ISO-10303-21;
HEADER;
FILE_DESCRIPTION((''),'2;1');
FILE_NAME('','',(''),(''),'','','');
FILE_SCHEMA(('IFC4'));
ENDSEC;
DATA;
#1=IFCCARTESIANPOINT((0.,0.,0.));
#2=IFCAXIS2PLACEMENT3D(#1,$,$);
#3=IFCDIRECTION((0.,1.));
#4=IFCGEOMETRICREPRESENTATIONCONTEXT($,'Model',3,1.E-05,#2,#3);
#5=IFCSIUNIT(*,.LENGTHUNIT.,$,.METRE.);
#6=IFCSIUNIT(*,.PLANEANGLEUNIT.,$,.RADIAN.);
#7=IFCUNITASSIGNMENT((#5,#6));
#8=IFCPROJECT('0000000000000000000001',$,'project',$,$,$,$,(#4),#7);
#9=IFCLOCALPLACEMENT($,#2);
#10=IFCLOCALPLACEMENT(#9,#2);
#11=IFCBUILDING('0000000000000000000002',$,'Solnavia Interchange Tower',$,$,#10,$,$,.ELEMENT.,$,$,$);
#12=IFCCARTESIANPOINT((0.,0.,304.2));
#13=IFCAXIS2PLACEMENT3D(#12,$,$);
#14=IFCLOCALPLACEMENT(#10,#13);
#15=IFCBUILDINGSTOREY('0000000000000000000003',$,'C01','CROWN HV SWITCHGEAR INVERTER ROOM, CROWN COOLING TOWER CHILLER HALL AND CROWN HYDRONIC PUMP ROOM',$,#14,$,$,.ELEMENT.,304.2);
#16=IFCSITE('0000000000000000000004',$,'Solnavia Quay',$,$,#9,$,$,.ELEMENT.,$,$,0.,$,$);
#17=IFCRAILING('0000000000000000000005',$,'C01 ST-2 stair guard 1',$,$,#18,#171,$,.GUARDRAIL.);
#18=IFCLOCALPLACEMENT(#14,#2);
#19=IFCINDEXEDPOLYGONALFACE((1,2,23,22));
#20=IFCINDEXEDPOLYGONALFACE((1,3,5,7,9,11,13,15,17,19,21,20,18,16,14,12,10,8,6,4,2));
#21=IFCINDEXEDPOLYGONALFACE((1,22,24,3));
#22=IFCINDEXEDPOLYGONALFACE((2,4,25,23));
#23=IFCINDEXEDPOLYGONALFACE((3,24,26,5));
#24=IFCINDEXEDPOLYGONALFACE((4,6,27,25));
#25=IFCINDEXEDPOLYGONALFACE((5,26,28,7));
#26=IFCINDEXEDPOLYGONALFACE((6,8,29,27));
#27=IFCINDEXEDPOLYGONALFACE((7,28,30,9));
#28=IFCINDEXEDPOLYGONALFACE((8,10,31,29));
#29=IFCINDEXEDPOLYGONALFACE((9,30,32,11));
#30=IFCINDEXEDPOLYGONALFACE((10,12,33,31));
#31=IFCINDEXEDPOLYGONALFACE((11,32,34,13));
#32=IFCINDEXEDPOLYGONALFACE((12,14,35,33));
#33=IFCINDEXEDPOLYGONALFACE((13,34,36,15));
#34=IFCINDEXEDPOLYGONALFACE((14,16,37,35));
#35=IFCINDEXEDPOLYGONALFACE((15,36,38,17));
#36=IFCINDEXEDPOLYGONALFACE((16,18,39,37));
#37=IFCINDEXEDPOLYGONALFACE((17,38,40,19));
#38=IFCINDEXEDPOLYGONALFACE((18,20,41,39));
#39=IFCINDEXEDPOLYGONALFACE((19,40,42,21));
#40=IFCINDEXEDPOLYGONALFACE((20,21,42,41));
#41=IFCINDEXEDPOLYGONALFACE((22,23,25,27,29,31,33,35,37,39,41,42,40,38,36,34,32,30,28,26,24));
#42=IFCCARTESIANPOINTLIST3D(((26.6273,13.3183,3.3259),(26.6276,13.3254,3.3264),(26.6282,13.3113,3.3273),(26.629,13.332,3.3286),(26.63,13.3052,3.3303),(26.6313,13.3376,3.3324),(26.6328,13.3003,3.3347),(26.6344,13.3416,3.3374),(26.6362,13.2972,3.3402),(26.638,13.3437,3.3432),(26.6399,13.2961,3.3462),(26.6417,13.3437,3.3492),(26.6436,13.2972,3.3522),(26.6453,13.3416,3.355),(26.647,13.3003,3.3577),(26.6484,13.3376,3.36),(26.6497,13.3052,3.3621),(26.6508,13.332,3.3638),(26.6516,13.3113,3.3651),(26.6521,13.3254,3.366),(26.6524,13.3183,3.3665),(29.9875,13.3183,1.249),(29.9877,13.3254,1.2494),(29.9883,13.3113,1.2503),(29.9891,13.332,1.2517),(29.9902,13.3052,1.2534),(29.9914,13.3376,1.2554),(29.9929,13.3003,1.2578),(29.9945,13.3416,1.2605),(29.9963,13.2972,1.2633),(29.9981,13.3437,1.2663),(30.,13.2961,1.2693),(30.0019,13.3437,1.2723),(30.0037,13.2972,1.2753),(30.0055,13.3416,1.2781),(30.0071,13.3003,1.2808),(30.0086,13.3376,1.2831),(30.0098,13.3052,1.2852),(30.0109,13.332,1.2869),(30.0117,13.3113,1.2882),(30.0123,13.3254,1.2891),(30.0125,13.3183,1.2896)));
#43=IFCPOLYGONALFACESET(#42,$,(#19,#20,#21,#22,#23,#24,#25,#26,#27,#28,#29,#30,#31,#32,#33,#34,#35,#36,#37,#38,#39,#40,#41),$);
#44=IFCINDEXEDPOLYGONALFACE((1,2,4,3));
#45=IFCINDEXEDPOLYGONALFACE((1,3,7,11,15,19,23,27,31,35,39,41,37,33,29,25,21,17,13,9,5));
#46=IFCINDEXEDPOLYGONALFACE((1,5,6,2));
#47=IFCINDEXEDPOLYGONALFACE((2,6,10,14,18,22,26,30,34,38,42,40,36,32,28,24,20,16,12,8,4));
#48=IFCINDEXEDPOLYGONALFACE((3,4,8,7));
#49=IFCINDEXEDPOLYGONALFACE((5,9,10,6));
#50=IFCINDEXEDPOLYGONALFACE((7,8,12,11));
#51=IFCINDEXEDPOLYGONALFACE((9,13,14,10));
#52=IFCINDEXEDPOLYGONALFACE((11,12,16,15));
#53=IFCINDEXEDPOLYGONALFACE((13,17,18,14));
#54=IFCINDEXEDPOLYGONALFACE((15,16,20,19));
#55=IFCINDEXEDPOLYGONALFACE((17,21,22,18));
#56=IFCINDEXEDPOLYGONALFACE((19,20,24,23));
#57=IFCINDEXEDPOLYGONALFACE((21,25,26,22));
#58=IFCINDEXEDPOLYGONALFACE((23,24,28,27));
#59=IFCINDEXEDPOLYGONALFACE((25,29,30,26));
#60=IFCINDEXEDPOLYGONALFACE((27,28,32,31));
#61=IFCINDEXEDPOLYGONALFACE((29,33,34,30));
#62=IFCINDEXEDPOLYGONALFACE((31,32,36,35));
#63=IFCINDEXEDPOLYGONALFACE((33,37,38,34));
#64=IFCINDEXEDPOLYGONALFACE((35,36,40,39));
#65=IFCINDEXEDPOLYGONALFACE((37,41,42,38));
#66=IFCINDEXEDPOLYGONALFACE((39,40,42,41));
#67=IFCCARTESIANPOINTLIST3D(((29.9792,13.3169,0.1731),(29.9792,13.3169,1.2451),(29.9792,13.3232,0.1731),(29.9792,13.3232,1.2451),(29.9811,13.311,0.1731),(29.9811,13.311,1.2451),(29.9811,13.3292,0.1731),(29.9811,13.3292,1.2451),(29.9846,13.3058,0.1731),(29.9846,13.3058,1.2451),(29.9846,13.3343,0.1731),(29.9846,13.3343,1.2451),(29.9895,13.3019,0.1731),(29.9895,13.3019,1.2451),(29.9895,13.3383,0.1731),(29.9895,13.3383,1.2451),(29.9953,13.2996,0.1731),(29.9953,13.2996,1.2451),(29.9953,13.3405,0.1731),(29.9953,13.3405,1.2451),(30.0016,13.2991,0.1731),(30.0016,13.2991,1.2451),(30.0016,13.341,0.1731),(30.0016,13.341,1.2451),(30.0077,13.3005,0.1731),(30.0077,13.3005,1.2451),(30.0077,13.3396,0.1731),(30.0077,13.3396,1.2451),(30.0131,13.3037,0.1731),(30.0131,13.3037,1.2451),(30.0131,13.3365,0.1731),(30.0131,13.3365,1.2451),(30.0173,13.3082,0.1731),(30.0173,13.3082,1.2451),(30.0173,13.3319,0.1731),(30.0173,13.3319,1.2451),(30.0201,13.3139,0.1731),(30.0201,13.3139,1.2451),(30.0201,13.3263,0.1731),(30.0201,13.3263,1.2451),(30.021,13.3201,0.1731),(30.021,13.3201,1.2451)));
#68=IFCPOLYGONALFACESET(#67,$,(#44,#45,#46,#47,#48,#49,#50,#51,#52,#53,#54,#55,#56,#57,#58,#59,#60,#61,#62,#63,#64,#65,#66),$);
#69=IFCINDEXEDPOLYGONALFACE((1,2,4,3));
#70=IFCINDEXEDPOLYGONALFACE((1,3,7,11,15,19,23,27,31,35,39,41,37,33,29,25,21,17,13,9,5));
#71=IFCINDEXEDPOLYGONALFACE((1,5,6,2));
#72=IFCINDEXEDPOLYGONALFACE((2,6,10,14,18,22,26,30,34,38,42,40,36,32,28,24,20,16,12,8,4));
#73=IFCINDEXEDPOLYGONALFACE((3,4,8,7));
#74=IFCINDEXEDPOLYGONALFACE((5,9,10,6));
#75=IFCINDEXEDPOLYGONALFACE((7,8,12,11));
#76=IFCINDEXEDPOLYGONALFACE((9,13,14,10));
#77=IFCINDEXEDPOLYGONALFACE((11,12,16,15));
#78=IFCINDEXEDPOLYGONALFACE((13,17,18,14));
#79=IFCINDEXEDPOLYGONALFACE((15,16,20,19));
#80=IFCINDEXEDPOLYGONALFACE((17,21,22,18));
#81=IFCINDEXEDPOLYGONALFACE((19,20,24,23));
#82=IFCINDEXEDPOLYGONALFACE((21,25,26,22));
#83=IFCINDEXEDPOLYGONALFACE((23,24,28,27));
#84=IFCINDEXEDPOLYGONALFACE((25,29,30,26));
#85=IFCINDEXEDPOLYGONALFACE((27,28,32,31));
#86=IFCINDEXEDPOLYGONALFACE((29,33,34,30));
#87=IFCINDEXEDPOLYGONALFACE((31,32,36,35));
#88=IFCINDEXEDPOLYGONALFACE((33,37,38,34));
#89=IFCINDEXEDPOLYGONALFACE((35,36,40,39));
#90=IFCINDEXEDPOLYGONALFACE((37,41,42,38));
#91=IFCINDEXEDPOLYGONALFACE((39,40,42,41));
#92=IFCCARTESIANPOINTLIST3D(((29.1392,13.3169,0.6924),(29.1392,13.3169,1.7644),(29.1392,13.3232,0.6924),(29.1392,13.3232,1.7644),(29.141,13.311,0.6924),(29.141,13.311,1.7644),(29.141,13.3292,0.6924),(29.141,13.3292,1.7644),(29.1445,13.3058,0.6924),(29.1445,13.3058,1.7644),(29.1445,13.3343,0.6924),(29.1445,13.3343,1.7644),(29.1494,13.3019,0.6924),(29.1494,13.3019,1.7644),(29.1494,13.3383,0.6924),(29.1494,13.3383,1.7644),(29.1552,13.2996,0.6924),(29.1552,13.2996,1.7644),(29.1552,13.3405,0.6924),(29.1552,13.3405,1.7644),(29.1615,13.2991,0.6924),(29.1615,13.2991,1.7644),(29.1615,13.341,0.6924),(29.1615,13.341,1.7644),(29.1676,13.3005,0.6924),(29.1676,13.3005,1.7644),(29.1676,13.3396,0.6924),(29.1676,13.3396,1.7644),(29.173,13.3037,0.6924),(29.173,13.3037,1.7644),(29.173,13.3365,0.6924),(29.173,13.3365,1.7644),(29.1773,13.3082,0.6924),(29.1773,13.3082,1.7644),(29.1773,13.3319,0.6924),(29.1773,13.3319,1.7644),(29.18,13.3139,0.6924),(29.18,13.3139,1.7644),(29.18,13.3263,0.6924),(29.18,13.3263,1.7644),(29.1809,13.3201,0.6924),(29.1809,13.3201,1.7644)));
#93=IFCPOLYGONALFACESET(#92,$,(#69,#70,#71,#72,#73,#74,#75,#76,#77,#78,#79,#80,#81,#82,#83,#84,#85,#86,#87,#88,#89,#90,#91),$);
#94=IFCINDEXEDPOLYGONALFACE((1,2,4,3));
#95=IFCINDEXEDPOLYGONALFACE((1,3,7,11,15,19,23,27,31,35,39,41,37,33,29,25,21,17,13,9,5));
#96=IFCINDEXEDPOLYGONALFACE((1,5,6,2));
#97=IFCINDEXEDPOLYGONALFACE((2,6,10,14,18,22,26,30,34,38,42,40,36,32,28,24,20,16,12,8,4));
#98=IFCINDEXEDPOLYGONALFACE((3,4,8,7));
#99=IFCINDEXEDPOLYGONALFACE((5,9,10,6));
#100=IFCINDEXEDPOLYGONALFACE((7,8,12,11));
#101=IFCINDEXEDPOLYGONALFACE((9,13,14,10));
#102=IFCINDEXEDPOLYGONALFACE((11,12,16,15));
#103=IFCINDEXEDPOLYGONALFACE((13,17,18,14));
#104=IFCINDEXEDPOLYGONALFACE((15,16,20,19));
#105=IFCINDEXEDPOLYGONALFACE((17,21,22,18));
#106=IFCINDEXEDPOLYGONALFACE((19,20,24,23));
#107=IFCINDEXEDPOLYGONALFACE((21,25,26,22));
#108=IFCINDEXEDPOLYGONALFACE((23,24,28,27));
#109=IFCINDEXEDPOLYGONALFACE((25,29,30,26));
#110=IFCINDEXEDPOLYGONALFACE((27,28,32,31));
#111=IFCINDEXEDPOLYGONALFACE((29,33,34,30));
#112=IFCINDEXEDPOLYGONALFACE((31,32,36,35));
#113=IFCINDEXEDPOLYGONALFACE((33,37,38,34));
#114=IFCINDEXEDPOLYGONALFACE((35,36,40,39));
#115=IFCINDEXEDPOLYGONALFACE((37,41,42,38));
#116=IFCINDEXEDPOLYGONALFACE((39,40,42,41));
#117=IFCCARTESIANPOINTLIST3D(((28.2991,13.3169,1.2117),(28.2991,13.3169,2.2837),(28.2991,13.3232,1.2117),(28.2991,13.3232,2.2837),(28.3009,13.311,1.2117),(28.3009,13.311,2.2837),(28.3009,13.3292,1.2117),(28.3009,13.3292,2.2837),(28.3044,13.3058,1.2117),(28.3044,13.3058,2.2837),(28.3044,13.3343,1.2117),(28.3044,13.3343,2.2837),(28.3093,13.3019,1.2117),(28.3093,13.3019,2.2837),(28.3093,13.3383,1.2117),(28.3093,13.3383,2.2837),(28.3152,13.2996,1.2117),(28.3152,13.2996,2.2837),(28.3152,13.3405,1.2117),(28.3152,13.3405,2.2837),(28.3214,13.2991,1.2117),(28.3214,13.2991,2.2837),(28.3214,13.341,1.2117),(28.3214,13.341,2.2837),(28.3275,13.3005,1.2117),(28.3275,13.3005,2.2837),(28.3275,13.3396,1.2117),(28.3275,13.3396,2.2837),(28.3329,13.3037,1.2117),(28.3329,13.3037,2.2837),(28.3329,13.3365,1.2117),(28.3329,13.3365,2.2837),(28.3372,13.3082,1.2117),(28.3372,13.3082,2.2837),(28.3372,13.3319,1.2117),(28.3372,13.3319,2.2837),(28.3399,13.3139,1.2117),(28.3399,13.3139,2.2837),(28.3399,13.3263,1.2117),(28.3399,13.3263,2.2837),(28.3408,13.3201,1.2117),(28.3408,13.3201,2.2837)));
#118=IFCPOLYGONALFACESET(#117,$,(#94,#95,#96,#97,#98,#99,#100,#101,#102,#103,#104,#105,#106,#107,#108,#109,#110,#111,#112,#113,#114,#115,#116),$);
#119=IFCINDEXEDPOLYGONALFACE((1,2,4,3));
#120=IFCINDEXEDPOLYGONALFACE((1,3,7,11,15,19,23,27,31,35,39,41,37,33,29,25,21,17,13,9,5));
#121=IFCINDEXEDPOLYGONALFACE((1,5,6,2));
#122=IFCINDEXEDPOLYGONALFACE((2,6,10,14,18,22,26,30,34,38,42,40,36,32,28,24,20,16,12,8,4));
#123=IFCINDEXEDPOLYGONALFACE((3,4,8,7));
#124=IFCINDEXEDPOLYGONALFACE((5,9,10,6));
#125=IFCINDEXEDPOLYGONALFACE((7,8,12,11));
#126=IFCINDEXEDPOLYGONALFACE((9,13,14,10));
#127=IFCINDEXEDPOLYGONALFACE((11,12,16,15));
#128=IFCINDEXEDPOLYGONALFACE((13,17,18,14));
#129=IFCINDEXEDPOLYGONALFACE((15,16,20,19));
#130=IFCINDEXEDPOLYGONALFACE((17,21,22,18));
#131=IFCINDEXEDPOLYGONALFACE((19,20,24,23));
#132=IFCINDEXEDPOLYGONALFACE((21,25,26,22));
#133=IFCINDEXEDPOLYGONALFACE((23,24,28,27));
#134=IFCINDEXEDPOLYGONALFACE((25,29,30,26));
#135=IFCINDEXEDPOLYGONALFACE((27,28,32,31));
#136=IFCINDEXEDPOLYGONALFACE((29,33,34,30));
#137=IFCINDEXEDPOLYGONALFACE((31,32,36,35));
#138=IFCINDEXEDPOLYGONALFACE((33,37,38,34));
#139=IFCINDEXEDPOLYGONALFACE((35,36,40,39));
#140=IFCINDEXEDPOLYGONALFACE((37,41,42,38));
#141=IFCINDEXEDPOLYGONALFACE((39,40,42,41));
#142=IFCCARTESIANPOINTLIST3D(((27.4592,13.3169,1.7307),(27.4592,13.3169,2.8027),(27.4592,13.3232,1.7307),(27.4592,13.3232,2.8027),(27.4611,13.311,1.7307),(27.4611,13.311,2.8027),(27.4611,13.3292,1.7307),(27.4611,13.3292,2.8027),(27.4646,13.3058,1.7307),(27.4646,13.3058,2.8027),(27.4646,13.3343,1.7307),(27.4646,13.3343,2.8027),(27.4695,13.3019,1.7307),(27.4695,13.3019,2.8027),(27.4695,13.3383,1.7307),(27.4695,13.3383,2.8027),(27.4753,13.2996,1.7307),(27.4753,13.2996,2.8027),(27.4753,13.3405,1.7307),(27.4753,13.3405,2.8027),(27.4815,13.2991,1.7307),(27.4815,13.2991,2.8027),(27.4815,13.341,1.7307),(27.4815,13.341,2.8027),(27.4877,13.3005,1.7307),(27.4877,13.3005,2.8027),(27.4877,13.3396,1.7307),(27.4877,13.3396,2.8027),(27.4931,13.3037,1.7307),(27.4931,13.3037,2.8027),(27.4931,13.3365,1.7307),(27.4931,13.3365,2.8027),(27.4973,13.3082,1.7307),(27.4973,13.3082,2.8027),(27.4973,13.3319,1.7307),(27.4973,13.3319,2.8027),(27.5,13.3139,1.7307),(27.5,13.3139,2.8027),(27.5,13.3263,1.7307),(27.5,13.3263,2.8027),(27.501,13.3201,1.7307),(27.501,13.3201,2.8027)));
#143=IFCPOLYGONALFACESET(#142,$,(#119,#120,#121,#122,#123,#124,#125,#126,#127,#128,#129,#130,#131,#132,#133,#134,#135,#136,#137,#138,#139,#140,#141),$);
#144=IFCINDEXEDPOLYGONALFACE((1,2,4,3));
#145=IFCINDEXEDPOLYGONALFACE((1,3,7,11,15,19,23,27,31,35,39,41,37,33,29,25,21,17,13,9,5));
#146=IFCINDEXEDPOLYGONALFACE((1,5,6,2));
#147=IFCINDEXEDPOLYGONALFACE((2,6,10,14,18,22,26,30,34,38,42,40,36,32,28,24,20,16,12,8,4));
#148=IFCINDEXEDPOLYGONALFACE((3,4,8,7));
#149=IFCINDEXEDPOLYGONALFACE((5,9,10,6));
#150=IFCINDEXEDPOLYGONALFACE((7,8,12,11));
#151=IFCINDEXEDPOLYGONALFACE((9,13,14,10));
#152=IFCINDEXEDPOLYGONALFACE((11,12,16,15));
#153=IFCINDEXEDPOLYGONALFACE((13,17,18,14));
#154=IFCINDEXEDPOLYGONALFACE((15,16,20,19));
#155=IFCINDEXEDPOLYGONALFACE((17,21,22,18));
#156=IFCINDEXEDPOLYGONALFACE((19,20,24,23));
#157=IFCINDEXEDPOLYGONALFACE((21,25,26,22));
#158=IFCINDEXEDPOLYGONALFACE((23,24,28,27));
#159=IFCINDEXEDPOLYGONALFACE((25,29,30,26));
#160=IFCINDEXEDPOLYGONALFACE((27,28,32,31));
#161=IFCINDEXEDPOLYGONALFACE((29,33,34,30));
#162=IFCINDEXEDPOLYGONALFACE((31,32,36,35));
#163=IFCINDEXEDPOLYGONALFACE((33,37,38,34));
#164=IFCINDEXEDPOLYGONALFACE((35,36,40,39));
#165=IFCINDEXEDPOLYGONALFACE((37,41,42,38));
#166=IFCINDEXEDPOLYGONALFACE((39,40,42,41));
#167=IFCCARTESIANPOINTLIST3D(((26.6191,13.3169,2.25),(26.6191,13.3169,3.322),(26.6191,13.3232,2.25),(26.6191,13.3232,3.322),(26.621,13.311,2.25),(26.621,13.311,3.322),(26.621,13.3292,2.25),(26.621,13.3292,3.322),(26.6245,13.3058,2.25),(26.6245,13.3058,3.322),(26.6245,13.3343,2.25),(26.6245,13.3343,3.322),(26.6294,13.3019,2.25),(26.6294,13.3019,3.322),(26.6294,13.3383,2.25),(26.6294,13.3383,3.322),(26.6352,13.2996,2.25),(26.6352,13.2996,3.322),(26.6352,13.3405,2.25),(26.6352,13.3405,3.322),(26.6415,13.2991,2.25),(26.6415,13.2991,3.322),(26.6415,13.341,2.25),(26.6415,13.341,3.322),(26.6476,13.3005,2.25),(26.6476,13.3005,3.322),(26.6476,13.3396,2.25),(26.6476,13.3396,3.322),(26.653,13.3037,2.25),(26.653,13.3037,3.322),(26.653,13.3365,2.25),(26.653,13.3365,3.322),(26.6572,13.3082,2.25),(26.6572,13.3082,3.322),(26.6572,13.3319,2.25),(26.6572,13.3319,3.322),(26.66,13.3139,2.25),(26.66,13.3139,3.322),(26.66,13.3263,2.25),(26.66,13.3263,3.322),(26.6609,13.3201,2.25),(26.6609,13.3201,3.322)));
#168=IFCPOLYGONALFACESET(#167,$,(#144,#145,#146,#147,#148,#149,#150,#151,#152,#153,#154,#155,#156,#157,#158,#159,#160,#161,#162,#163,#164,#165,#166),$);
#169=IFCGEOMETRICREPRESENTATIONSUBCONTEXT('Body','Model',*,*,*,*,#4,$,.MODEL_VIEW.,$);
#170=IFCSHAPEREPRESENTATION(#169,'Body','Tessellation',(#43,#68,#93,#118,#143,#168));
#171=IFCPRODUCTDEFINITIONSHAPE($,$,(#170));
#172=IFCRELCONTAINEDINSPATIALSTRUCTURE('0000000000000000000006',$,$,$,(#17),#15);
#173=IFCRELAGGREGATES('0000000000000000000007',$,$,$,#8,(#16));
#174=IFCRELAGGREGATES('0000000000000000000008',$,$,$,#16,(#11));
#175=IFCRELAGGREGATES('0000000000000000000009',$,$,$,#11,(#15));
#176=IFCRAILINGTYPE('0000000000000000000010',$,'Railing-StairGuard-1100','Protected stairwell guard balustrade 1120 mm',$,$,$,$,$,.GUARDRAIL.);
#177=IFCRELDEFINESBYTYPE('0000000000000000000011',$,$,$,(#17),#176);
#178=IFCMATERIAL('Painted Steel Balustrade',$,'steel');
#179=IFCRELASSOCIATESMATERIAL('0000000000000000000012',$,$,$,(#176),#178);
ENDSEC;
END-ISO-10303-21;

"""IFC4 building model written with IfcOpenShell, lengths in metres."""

from ifc_helpers import new_model, si_unit, direction, frame, origin, origin_2d, place, context, subcontext, project, spatial, circle, extrude, material, type_object, element, save


model = new_model("IFC4")

# Units and contexts
model_context = context("Model", 3, precision=1e-05, world=origin(), true_north=direction((0.0, 1.0)))
body_context = subcontext(model_context, "Body", "Model", "MODEL_VIEW")
ifc_project = project(units=[si_unit("LENGTHUNIT", "METRE"), si_unit("PLANEANGLEUNIT", "RADIAN")], contexts=[model_context])

# Site, building, storey
site_placement = place(None, origin())
site = spatial("IfcSite", under=ifc_project, at=site_placement, Name="Solnavia Quay", CompositionType="ELEMENT", RefElevation=0.0)
building_placement = place(site_placement, origin())
building = spatial("IfcBuilding", under=site, at=building_placement, Name="Solnavia Interchange Tower", CompositionType="ELEMENT")
storey_placement = place(building_placement, frame((0.0, 0.0, 304.2)))
storey = spatial("IfcBuildingStorey", under=building, at=storey_placement, Name="C01", Description="CROWN HV SWITCHGEAR INVERTER ROOM, CROWN COOLING TOWER CHILLER HALL AND CROWN HYDRONIC PUMP ROOM", CompositionType="ELEMENT", Elevation=304.2)

# Railing
ifc_material_1 = material(Name="Painted Steel Balustrade", Category="steel")
railing_type_1 = type_object("IfcRailingType", Name="Railing-StairGuard-1100", Description="Protected stairwell guard balustrade 1120 mm", PredefinedType="GUARDRAIL", material=ifc_material_1)
railing_1_placement = place(storey_placement, frame((30.0, 13.3201, 0.1731)))
element("IfcRailing", 1, at=railing_1_placement, inside=storey, type_object=railing_type_1, Name="C01 ST-2 stair guard 1", PredefinedType="GUARDRAIL", context=body_context, shape_type="SweptSolid", body=[
    extrude(circle(Radius=0.0239, at=origin_2d()), frame((0.0, 0.0, 1.0962), z_axis=(-0.850623, 0.0, 0.525776), x_axis=(0.0, -1.0, 0.0)), (0.0, 0.0, 1.0), 3.9502),
    extrude(circle(Radius=0.021, at=origin_2d()), origin(), (0.0, 0.0, 1.0), 1.072),
    extrude(circle(Radius=0.021, at=origin_2d()), frame((-0.8401, 0.0, 0.5193)), (0.0, 0.0, 1.0), 1.072),
    extrude(circle(Radius=0.021, at=origin_2d()), frame((-1.6802, 0.0, 1.0386)), (0.0, 0.0, 1.0), 1.072),
    extrude(circle(Radius=0.021, at=origin_2d()), frame((-2.52, 0.0, 1.5576)), (0.0, 0.0, 1.0), 1.072),
    extrude(circle(Radius=0.021, at=origin_2d()), frame((-3.3601, 0.0, 2.0769)), (0.0, 0.0, 1.0), 1.072),
])

save(model, "model.ifc")
